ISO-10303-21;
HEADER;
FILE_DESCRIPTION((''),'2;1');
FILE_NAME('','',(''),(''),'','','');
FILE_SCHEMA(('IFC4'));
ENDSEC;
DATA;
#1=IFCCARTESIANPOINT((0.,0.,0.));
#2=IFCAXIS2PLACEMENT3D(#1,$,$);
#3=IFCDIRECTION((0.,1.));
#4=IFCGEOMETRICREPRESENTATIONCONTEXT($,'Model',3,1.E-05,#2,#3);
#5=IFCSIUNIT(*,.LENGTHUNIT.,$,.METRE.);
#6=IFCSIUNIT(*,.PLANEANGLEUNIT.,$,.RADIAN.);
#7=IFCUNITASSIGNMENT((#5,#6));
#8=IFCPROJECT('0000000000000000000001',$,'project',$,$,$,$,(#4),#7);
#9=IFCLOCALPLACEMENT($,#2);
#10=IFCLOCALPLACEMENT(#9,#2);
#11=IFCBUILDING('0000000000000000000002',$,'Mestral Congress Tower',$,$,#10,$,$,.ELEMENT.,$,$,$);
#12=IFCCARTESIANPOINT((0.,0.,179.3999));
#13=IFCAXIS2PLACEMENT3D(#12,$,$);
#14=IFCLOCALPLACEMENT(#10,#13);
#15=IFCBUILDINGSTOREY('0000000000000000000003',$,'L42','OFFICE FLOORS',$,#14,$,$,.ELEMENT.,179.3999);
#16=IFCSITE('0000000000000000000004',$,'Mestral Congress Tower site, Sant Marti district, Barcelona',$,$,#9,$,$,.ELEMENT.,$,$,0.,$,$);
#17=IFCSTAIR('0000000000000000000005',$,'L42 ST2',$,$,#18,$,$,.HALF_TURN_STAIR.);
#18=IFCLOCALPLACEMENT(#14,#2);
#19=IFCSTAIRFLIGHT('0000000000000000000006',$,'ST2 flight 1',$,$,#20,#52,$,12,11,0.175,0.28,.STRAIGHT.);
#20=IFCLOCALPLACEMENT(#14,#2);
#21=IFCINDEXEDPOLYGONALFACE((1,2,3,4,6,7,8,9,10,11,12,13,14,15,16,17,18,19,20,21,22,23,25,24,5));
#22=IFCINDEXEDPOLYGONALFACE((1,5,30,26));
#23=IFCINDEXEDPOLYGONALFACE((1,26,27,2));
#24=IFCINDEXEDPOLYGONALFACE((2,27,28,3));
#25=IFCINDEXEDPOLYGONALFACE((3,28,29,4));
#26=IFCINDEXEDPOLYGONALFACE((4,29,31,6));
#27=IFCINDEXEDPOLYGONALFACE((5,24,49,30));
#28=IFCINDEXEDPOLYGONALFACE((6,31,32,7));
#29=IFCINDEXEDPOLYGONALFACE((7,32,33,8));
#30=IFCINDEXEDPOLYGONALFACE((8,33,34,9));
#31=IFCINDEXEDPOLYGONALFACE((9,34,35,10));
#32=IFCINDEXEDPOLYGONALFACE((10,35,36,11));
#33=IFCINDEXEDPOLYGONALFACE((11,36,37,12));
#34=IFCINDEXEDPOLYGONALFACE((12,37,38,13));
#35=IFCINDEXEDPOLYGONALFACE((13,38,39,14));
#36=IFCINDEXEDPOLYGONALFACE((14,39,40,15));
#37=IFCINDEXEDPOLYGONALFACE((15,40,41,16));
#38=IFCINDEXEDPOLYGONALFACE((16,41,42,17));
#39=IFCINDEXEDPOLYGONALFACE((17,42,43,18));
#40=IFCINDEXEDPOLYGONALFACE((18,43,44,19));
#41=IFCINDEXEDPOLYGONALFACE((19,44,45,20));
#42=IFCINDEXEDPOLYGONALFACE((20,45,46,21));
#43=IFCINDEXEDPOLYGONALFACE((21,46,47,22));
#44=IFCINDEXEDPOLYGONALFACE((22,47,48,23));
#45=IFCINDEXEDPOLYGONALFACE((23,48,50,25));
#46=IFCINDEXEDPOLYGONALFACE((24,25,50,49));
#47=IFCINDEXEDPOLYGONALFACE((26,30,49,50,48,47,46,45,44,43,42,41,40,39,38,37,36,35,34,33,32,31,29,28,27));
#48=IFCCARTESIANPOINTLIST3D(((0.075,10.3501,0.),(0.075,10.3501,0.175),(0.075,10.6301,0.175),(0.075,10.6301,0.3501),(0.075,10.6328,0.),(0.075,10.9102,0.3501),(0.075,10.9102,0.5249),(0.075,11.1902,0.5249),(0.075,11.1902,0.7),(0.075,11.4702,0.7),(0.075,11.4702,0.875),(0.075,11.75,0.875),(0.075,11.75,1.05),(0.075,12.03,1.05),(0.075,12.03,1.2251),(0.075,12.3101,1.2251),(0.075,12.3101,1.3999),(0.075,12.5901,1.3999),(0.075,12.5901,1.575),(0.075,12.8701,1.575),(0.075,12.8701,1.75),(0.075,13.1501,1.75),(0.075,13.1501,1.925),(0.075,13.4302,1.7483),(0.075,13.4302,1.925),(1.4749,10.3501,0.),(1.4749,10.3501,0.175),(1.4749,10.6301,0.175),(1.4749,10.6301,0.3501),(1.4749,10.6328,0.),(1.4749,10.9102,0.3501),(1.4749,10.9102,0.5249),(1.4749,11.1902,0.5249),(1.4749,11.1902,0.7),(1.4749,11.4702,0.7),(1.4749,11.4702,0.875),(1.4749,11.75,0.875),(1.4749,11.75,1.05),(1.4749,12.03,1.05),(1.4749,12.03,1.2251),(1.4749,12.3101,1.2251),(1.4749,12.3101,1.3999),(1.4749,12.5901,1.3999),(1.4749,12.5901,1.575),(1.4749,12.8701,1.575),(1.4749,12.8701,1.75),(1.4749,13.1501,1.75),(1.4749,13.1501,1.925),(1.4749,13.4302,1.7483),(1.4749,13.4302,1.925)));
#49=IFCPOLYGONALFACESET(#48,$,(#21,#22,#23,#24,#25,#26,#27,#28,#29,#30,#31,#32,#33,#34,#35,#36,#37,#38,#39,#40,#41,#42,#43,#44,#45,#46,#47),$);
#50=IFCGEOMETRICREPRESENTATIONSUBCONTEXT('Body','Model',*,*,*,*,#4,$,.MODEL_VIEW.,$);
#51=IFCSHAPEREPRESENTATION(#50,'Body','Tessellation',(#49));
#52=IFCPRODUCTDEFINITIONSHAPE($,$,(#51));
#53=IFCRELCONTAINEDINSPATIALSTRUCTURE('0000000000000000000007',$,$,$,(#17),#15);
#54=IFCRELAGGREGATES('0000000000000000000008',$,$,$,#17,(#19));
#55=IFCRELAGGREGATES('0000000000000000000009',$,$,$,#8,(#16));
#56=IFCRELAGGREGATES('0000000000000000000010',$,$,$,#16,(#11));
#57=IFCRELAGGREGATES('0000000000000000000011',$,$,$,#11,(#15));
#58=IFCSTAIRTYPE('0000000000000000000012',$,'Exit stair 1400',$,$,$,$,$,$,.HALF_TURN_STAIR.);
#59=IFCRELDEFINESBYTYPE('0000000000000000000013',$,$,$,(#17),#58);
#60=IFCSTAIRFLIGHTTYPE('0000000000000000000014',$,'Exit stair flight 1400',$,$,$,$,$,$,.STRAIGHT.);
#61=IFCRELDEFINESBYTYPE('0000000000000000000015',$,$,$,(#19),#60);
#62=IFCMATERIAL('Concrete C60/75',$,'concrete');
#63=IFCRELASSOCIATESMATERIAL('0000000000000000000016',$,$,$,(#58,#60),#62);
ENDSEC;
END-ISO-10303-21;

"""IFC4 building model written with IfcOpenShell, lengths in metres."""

from ifc_helpers import new_model, si_unit, direction, frame, origin, place, context, subcontext, project, spatial, polyline, outline, extrude, material, type_object, element, aggregate, save


model = new_model("IFC4")

# Units and contexts
model_context = context("Model", 3, precision=1e-05, world=origin(), true_north=direction((0.0, 1.0)))
body_context = subcontext(model_context, "Body", "Model", "MODEL_VIEW")
ifc_project = project(units=[si_unit("LENGTHUNIT", "METRE"), si_unit("PLANEANGLEUNIT", "RADIAN")], contexts=[model_context])

# Site, building, storey
site_placement = place(None, origin())
site = spatial("IfcSite", under=ifc_project, at=site_placement, Name="Mestral Congress Tower site, Sant Marti district, Barcelona", CompositionType="ELEMENT", RefElevation=0.0)
building_placement = place(site_placement, origin())
building = spatial("IfcBuilding", under=site, at=building_placement, Name="Mestral Congress Tower", CompositionType="ELEMENT")
storey_placement = place(building_placement, frame((0.0, 0.0, 179.3999)))
storey = spatial("IfcBuildingStorey", under=building, at=storey_placement, Name="L42", Description="OFFICE FLOORS", CompositionType="ELEMENT", Elevation=179.3999)

# Shared definitions
ifc_material_1 = material(Name="Concrete C60/75", Category="concrete")

# Stair, stair flight
stair_type = type_object("IfcStairType", Name="Exit stair 1400", PredefinedType="HALF_TURN_STAIR", material=ifc_material_1)
stair_placement = place(storey_placement, origin())
stair = element("IfcStair", 1, at=stair_placement, inside=storey, type_object=stair_type, Name="L42 ST2", PredefinedType="HALF_TURN_STAIR")
stair_flight_type = type_object("IfcStairFlightType", Name="Exit stair flight 1400", PredefinedType="STRAIGHT", material=ifc_material_1)
stair_flight_placement = place(storey_placement, frame((0.7749, 10.3501, 0.0), z_axis=(0.0, 0.0, 1.0), x_axis=(0.0, 1.0, 0.0)))
stair_flight = element("IfcStairFlight", 2, at=stair_flight_placement, type_object=stair_flight_type, Name="ST2 flight 1", NumberOfRisers=12, NumberOfTreads=11, PredefinedType="STRAIGHT", RiserHeight=0.175, TreadLength=0.28, context=body_context, shape_type="SweptSolid", body=[
    extrude(outline(polyline([(0.0, 0.0), (0.0, 0.175), (0.28, 0.175), (0.28, 0.3501), (0.5601, 0.3501), (0.5601, 0.5249), (0.8401, 0.5249), (0.8401, 0.7), (1.1201, 0.7), (1.1201, 0.875), (1.3999, 0.875), (1.3999, 1.05), (1.6799, 1.05), (1.6799, 1.2251), (1.96, 1.2251), (1.96, 1.3999), (2.24, 1.3999), (2.24, 1.575), (2.52, 1.575), (2.52, 1.75), (2.8, 1.75), (2.8, 1.925), (3.0801, 1.925), (3.0801, 2.1001), (3.0801, 1.7483), (0.2827, 0.0), (0.0, 0.0)])), frame((0.0, 0.7, 0.0), z_axis=(0.0, -1.0, 0.0), x_axis=(1.0, 0.0, 0.0)), (0.0, 0.0, 1.0), 1.3999),
])
aggregate(stair, [stair_flight])

save(model, "model.ifc")
